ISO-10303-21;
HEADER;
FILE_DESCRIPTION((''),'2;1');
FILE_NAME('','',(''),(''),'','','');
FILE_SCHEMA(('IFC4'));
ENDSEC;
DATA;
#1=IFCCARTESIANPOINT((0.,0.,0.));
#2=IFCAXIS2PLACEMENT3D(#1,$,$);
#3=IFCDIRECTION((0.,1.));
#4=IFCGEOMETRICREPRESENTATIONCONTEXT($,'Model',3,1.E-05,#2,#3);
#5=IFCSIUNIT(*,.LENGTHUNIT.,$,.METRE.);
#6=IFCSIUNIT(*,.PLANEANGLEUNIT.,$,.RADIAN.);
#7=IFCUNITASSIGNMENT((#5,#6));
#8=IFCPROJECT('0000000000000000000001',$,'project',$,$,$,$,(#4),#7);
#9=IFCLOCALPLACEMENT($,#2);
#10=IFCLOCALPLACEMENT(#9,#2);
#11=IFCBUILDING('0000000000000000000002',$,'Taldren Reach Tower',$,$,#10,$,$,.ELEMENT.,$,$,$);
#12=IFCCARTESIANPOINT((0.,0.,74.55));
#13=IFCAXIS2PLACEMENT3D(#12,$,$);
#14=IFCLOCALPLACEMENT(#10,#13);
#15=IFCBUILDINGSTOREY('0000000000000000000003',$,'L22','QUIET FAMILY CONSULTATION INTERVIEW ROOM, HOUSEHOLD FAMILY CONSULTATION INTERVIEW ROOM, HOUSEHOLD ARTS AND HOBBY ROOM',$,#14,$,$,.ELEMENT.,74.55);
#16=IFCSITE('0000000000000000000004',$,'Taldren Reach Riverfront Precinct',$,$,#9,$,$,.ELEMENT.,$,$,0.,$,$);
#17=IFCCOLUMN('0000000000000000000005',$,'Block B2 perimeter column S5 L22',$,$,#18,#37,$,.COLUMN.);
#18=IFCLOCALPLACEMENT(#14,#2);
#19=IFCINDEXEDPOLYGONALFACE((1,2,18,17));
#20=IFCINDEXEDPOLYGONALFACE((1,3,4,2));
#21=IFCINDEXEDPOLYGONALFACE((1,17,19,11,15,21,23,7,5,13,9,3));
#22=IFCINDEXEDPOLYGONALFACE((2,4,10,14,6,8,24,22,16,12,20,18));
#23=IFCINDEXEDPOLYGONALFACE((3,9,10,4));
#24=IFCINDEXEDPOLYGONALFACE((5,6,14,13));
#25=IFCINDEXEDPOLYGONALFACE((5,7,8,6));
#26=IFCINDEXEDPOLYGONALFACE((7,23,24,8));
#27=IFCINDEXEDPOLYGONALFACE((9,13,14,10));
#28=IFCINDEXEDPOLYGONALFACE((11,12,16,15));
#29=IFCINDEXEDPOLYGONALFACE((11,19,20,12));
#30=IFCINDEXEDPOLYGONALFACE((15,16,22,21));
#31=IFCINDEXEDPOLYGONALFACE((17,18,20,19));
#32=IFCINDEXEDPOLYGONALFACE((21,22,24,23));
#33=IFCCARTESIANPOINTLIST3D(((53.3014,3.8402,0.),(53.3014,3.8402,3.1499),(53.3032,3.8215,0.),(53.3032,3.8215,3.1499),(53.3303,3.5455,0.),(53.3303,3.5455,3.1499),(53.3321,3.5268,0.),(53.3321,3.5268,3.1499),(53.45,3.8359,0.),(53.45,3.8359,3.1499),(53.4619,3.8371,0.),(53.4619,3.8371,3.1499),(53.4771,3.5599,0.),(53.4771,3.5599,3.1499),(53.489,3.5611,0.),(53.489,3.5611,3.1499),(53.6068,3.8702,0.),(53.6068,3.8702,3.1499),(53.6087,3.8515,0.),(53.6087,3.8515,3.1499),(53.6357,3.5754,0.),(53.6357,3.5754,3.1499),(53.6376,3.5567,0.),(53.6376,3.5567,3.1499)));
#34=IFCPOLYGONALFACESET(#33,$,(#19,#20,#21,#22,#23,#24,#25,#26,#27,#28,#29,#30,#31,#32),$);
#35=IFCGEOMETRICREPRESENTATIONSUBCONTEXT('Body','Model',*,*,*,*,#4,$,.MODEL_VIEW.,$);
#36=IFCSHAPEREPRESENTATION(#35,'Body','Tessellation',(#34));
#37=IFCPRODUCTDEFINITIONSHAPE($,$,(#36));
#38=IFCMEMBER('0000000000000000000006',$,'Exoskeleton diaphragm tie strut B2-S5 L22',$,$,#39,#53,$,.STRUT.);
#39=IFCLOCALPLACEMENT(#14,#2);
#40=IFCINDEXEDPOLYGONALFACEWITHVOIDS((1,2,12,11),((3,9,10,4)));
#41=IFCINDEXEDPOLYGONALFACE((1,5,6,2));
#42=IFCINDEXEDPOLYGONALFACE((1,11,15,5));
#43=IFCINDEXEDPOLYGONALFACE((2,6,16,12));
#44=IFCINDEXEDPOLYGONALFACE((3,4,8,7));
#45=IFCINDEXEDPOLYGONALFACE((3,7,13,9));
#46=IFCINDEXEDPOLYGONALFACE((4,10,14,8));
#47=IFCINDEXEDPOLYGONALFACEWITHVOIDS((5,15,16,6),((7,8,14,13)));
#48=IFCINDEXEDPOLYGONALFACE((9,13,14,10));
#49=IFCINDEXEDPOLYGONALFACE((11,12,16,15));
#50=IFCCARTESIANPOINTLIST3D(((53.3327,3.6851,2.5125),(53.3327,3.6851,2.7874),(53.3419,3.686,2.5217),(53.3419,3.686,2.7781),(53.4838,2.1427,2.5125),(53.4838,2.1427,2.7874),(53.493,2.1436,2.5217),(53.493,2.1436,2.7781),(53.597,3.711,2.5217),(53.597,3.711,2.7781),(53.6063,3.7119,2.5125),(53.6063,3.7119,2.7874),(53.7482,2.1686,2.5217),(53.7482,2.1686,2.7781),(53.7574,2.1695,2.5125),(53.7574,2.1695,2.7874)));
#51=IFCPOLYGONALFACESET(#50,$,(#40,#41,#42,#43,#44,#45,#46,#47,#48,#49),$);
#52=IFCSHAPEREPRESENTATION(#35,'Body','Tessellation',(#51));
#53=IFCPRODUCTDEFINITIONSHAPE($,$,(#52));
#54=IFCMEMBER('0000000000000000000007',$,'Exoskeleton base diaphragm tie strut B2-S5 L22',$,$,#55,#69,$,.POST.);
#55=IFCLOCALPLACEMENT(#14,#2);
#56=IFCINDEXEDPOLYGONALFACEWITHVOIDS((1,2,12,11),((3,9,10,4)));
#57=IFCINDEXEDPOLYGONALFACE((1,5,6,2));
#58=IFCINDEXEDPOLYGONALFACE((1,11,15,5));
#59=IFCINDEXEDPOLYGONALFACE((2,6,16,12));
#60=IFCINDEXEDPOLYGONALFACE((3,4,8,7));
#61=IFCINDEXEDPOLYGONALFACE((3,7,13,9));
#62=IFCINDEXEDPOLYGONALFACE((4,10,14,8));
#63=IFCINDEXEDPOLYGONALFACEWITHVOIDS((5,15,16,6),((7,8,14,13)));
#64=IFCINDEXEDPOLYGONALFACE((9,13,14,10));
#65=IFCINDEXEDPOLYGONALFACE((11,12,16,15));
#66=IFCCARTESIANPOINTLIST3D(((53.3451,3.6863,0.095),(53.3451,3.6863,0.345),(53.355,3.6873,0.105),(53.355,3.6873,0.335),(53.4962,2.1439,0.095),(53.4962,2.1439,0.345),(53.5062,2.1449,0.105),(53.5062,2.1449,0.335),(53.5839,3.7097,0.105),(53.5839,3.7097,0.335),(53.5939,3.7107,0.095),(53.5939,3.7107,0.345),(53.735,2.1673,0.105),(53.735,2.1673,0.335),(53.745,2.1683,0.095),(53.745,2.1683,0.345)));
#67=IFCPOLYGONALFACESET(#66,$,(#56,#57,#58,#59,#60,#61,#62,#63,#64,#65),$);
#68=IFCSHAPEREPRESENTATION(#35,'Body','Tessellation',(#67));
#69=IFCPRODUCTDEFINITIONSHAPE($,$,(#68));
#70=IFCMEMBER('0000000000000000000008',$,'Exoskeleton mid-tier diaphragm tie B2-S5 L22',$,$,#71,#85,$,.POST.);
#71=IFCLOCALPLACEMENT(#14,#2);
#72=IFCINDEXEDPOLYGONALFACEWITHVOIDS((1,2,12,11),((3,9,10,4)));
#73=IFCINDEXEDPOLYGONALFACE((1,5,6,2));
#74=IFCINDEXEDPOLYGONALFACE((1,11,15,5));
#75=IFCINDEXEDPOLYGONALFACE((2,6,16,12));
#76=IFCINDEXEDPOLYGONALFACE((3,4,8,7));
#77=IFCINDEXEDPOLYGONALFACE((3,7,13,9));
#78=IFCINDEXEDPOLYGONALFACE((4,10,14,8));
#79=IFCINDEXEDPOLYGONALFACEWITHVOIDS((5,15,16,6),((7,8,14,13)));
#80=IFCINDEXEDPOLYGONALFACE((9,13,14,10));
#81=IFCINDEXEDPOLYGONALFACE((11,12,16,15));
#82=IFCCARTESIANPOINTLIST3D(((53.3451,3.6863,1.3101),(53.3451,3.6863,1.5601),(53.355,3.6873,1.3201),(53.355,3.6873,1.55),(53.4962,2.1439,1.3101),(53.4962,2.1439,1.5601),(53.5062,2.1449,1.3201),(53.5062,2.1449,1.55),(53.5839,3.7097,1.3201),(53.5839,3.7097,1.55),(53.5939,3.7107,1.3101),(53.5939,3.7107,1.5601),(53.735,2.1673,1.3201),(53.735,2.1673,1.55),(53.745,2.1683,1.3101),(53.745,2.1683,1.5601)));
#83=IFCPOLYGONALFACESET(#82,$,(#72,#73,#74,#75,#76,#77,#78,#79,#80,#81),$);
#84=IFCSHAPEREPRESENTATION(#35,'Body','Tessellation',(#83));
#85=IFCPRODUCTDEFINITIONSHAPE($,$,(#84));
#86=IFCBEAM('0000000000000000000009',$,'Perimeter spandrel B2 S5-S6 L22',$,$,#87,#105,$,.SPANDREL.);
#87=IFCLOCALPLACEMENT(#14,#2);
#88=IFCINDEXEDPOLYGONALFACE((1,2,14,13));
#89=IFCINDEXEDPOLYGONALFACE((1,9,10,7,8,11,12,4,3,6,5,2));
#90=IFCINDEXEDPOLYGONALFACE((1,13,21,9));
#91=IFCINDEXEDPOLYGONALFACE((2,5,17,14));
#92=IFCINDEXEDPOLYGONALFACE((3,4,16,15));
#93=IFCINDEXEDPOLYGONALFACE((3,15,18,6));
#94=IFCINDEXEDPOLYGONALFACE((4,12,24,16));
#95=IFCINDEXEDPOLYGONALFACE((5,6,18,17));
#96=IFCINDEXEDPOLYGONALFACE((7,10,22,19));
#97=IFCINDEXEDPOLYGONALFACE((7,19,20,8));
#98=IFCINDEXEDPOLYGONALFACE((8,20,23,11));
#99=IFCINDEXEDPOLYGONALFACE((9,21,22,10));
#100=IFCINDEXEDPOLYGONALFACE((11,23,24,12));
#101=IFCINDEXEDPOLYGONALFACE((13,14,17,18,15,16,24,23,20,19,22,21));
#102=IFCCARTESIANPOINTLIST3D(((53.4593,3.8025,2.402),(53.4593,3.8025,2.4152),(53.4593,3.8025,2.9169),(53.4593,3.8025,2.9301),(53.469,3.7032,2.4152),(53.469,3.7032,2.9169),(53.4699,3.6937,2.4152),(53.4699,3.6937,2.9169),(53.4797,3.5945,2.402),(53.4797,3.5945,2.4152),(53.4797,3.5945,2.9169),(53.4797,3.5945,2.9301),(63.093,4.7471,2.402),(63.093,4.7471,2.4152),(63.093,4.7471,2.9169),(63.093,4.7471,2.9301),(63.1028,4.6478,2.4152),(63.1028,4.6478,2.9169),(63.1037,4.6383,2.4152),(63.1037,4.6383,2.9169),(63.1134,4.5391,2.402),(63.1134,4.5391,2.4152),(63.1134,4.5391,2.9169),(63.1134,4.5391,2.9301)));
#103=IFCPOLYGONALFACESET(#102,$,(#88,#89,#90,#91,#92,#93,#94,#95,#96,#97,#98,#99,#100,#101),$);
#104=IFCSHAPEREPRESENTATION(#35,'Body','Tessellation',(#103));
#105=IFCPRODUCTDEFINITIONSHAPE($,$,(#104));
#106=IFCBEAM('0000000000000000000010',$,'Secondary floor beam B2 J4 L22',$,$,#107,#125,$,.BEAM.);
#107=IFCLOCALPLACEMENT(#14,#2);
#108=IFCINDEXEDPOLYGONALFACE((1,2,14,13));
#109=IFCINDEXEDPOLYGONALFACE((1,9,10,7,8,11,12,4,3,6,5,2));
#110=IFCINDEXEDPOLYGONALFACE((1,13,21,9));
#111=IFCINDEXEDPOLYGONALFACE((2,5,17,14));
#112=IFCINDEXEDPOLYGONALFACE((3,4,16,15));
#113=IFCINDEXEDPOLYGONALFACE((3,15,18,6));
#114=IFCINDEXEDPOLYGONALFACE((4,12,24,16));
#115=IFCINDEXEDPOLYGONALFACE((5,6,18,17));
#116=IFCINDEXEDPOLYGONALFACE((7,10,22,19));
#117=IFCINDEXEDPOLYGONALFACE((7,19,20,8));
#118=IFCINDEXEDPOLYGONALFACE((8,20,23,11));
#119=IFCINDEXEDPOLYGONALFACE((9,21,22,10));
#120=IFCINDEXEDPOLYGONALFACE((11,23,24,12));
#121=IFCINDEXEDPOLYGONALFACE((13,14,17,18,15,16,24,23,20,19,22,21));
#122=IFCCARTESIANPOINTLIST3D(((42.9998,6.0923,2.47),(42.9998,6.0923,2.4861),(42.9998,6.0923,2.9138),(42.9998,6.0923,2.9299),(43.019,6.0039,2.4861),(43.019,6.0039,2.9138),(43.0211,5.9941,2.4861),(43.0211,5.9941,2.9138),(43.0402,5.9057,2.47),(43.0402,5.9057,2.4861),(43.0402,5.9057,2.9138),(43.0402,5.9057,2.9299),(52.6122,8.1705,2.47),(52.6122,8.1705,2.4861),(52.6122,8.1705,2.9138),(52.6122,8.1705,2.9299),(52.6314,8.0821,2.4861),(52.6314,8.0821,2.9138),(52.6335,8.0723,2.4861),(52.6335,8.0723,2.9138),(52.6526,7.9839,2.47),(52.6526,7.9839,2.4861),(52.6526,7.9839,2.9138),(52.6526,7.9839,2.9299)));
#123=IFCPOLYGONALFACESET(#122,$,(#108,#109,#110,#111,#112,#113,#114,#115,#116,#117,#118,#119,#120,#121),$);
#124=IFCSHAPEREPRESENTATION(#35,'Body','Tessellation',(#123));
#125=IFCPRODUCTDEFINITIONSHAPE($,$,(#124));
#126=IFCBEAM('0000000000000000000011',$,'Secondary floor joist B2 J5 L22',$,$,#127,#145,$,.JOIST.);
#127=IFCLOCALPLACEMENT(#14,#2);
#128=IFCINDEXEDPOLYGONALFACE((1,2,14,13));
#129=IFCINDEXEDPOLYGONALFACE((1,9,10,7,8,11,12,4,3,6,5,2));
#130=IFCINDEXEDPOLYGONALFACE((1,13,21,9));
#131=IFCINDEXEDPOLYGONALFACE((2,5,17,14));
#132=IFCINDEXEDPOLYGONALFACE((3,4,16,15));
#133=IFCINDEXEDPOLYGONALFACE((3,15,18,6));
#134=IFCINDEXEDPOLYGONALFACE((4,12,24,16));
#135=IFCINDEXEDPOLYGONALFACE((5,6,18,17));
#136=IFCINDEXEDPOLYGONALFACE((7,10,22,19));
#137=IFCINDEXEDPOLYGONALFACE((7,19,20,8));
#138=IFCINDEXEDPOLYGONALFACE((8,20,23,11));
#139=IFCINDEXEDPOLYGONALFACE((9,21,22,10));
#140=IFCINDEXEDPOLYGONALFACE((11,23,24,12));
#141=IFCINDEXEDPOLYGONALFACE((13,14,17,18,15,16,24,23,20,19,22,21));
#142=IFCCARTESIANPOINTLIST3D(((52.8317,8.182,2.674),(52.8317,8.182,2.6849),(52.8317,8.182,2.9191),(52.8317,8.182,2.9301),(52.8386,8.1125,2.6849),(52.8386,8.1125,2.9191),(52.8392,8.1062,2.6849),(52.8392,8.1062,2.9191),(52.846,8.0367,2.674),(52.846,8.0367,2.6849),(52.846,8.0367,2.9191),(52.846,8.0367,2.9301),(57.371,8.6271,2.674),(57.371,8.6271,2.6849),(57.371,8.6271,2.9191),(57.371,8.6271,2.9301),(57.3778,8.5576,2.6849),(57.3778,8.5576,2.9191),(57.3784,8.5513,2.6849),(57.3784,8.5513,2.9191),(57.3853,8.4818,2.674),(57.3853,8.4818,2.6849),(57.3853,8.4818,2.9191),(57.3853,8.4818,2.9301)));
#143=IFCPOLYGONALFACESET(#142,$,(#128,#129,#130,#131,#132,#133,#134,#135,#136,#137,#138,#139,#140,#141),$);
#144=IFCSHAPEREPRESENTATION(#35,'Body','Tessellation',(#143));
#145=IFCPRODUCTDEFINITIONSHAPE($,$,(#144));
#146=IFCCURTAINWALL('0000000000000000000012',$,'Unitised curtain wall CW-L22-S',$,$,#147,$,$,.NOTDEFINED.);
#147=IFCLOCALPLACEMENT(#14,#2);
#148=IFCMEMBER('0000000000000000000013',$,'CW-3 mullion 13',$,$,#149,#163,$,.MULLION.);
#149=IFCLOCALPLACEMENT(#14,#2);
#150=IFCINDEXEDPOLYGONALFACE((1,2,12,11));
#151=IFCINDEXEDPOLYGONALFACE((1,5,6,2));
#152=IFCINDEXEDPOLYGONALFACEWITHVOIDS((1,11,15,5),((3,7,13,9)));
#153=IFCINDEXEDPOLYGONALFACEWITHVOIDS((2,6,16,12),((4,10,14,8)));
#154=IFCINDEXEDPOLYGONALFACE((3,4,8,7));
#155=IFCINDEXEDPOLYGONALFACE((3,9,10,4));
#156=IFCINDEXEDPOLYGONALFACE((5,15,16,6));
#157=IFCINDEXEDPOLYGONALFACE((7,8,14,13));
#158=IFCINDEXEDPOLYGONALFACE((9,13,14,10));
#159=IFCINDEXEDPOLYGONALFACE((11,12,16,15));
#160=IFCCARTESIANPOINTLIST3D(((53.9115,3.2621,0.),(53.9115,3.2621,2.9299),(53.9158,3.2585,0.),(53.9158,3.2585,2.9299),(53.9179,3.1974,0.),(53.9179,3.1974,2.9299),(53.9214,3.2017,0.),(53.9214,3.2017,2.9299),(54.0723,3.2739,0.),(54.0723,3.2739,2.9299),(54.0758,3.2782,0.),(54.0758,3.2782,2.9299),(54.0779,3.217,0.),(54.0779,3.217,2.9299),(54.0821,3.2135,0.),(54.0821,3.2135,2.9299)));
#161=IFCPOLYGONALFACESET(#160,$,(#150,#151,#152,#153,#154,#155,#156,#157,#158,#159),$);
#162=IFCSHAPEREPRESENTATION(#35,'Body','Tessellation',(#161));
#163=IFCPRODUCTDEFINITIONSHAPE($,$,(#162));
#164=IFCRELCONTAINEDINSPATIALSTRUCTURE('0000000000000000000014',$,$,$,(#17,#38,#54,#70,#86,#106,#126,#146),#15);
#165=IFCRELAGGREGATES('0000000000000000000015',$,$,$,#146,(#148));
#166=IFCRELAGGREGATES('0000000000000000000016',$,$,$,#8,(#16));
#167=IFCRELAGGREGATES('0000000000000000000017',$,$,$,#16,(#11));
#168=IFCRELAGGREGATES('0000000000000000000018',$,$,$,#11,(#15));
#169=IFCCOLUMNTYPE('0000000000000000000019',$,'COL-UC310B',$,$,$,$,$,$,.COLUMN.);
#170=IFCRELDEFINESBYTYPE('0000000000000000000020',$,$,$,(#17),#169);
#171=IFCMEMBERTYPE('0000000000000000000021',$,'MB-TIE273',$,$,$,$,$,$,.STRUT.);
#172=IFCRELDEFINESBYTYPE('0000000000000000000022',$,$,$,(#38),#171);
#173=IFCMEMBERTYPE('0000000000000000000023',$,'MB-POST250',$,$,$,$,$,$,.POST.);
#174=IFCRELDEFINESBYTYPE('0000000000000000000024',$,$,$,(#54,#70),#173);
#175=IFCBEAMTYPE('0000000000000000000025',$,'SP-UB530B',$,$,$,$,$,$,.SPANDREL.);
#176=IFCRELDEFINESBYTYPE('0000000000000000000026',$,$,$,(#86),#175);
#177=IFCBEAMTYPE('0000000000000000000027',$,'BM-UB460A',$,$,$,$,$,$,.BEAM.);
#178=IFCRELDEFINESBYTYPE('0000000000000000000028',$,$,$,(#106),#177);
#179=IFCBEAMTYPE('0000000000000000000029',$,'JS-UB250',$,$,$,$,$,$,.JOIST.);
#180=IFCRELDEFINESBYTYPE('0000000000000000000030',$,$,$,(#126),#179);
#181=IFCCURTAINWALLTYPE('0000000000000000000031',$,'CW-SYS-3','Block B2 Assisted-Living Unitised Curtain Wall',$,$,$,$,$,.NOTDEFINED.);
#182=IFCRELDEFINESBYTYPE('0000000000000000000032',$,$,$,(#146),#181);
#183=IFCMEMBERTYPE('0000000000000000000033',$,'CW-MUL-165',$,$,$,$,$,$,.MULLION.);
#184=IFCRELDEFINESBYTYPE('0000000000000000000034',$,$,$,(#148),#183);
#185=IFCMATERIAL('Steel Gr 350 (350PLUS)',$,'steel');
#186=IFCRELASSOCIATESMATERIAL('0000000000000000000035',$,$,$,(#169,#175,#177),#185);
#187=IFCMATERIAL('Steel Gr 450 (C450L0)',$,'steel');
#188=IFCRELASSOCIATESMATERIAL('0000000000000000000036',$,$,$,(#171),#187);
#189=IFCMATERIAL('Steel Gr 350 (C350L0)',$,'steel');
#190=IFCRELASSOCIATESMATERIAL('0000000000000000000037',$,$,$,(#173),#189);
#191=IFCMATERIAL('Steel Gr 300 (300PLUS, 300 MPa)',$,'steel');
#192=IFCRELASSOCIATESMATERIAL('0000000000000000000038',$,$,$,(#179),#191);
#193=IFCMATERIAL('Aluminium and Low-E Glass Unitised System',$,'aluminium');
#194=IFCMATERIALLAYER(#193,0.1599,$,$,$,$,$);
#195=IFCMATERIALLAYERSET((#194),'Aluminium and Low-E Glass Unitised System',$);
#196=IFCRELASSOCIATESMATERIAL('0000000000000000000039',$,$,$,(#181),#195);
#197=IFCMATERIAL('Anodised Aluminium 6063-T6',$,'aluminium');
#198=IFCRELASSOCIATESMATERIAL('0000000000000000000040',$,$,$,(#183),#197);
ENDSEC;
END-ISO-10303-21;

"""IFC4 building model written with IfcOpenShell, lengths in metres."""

from ifc_helpers import new_model, si_unit, direction, frame, origin, origin_2d, place, context, subcontext, project, spatial, hollow_rectangle, i_section, extrude, source, transform, mapped, material, layer, layer_set, material_profile, profile_set, type_object, element, aggregate, save


model = new_model("IFC4")

# Units and contexts
model_context = context("Model", 3, precision=1e-05, world=origin(), true_north=direction((0.0, 1.0)))
body_context = subcontext(model_context, "Body", "Model", "MODEL_VIEW")
ifc_project = project(units=[si_unit("LENGTHUNIT", "METRE"), si_unit("PLANEANGLEUNIT", "RADIAN")], contexts=[model_context])

# Site, building, storey
site_placement = place(None, origin())
site = spatial("IfcSite", under=ifc_project, at=site_placement, Name="Taldren Reach Riverfront Precinct", CompositionType="ELEMENT", RefElevation=0.0)
building_placement = place(site_placement, origin())
building = spatial("IfcBuilding", under=site, at=building_placement, Name="Taldren Reach Tower", CompositionType="ELEMENT")
storey_placement = place(building_placement, frame((0.0, 0.0, 74.55)))
storey = spatial("IfcBuildingStorey", under=building, at=storey_placement, Name="L22", Description="QUIET FAMILY CONSULTATION INTERVIEW ROOM, HOUSEHOLD FAMILY CONSULTATION INTERVIEW ROOM, HOUSEHOLD ARTS AND HOBBY ROOM", CompositionType="ELEMENT", Elevation=74.55)

# Column
ifc_material_1 = material(Name="Steel Gr 350 (350PLUS)", Category="steel")
ifc_material_profile_1 = material_profile(ifc_material_1, i_section(OverallWidth=0.3069, OverallDepth=0.3149, WebThickness=0.012, FlangeThickness=0.0188, at=origin_2d()), Name="310UC118")
ifc_profile_set_1 = profile_set([ifc_material_profile_1], Name="Steel Gr 350 (350PLUS)")
column_type = type_object("IfcColumnType", Name="COL-UC310B", PredefinedType="COLUMN", material=ifc_profile_set_1)
shared_shape_1 = source(origin(), body_context, "Body", "SweptSolid", [
    extrude(i_section(OverallWidth=0.3069, OverallDepth=0.3149, WebThickness=0.012, FlangeThickness=0.0188, at=origin_2d()), origin(), (0.0, 0.0, 1.0), 3.1499),
])
column_placement = place(storey_placement, frame((53.4695, 3.6985, 0.0), z_axis=(0.0, 0.0, 1.0), x_axis=(0.995227, 0.097583, 0.0)))
element("IfcColumn", 1, at=column_placement, inside=storey, type_object=column_type, Name="Block B2 perimeter column S5 L22", PredefinedType="COLUMN", context=body_context, shape_type="MappedRepresentation", body=[
    mapped(shared_shape_1, transform((0.0, 0.0, 0.0), scale=1.0)),
])

# Members
ifc_material_2 = material(Name="Steel Gr 450 (C450L0)", Category="steel")
ifc_material_profile_2 = material_profile(ifc_material_2, hollow_rectangle(XDim=0.2749, YDim=0.2749, WallThickness=0.0093, at=origin_2d()), Name="275x275x9.3SHS")
ifc_profile_set_2 = profile_set([ifc_material_profile_2], Name="Steel Gr 450 (C450L0)")
member_type_1 = type_object("IfcMemberType", Name="MB-TIE273", PredefinedType="STRUT", material=ifc_profile_set_2)
shared_shape_2 = source(origin(), body_context, "Body", "SweptSolid", [
    extrude(hollow_rectangle(XDim=0.2749, YDim=0.2749, WallThickness=0.0093, at=origin_2d()), origin(), (0.0, 0.0, 1.0), 1.5498),
])
member_1_placement = place(storey_placement, frame((53.4695, 3.6985, 2.6499), z_axis=(0.097507, -0.995235, 0.0), x_axis=(0.995235, 0.097507, 0.0)))
element("IfcMember", 2, at=member_1_placement, inside=storey, type_object=member_type_1, Name="Exoskeleton diaphragm tie strut B2-S5 L22", PredefinedType="STRUT", context=body_context, shape_type="MappedRepresentation", body=[
    mapped(shared_shape_2, transform((0.0, 0.0, 0.0), scale=1.0)),
])
ifc_material_3 = material(Name="Steel Gr 350 (C350L0)", Category="steel")
ifc_material_profile_3 = material_profile(ifc_material_3, hollow_rectangle(XDim=0.25, YDim=0.25, WallThickness=0.01, at=origin_2d()), Name="250x250x10.0SHS")
ifc_profile_set_3 = profile_set([ifc_material_profile_3], Name="Steel Gr 350 (C350L0)")
member_type_2 = type_object("IfcMemberType", Name="MB-POST250", PredefinedType="POST", material=ifc_profile_set_3)
shared_shape_3 = source(origin(), body_context, "Body", "SweptSolid", [
    extrude(hollow_rectangle(XDim=0.25, YDim=0.25, WallThickness=0.01, at=origin_2d()), origin(), (0.0, 0.0, 1.0), 1.5498),
])
for number, where, z_axis, x_axis, name in (
    (3, (53.4695, 3.6985, 0.22), (0.097507, -0.995235, 0.0), (0.995235, 0.097507, 0.0), "Exoskeleton base diaphragm tie strut B2-S5 L22"),
    (4, (53.4695, 3.6985, 1.4351), (0.097507, -0.995235, 0.0), (0.995235, 0.097507, 0.0), "Exoskeleton mid-tier diaphragm tie B2-S5 L22"),
):
    element("IfcMember", number, at=place(storey_placement, frame(where, z_axis=z_axis, x_axis=x_axis)), inside=storey, type_object=member_type_2, Name=name, PredefinedType="POST", context=body_context, shape_type="MappedRepresentation", body=[
        mapped(shared_shape_3, transform((0.0, 0.0, 0.0), scale=1.0)),
    ])

# Beams
ifc_material_profile_4 = material_profile(ifc_material_1, i_section(OverallWidth=0.209, OverallDepth=0.5281, WebThickness=0.0095, FlangeThickness=0.0132, at=origin_2d()), Name="530UB82.0")
ifc_profile_set_4 = profile_set([ifc_material_profile_4], Name="Steel Gr 350 (350PLUS)")
beam_type_1 = type_object("IfcBeamType", Name="SP-UB530B", PredefinedType="SPANDREL", material=ifc_profile_set_4)
shared_shape_4 = source(origin(), body_context, "Body", "SweptSolid", [
    extrude(i_section(OverallWidth=0.209, OverallDepth=0.5281, WebThickness=0.0095, FlangeThickness=0.0132, at=origin_2d()), origin(), (0.0, 0.0, 1.0), 9.6799),
])
beam_1_placement = place(storey_placement, frame((53.4695, 3.6985, 2.666), z_axis=(0.995228, 0.097581, 0.0), x_axis=(-0.097581, 0.995228, 0.0)))
element("IfcBeam", 5, at=beam_1_placement, inside=storey, type_object=beam_type_1, Name="Perimeter spandrel B2 S5-S6 L22", PredefinedType="SPANDREL", context=body_context, shape_type="MappedRepresentation", body=[
    mapped(shared_shape_4, transform((0.0, 0.0, 0.0), scale=1.0)),
])
ifc_material_profile_5 = material_profile(ifc_material_1, i_section(OverallWidth=0.1909, OverallDepth=0.46, WebThickness=0.01, FlangeThickness=0.0161, at=origin_2d()), Name="460UB82.1")
ifc_profile_set_5 = profile_set([ifc_material_profile_5], Name="Steel Gr 350 (350PLUS)")
beam_type_2 = type_object("IfcBeamType", Name="BM-UB460A", PredefinedType="BEAM", material=ifc_profile_set_5)
shared_shape_5 = source(origin(), body_context, "Body", "SweptSolid", [
    extrude(i_section(OverallWidth=0.1909, OverallDepth=0.46, WebThickness=0.01, FlangeThickness=0.0161, at=origin_2d()), origin(), (0.0, 0.0, 1.0), 9.8345),
])
beam_2_placement = place(storey_placement, frame((43.02, 5.999, 2.7), z_axis=(0.977419, 0.211312, 0.0), x_axis=(-0.211312, 0.977419, 0.0)))
element("IfcBeam", 6, at=beam_2_placement, inside=storey, type_object=beam_type_2, Name="Secondary floor beam B2 J4 L22", PredefinedType="BEAM", context=body_context, shape_type="MappedRepresentation", body=[
    mapped(shared_shape_5, transform((0.0, 0.0, 0.0), scale=1.0)),
])
ifc_material_4 = material(Name="Steel Gr 300 (300PLUS, 300 MPa)", Category="steel")
ifc_material_profile_6 = material_profile(ifc_material_4, i_section(OverallWidth=0.146, OverallDepth=0.2561, WebThickness=0.0063, FlangeThickness=0.011, at=origin_2d()), Name="250UB37.3")
ifc_profile_set_6 = profile_set([ifc_material_profile_6], Name="Steel Gr 300 (300PLUS, 300 MPa)")
beam_type_3 = type_object("IfcBeamType", Name="JS-UB250", PredefinedType="JOIST", material=ifc_profile_set_6)
shared_shape_6 = source(origin(), body_context, "Body", "SweptSolid", [
    extrude(i_section(OverallWidth=0.146, OverallDepth=0.2561, WebThickness=0.0063, FlangeThickness=0.011, at=origin_2d()), origin(), (0.0, 0.0, 1.0), 4.561),
])
beam_3_placement = place(storey_placement, frame((52.8389, 8.1094, 2.802), z_axis=(0.995228, 0.09758, 0.0), x_axis=(-0.09758, 0.995228, 0.0)))
element("IfcBeam", 7, at=beam_3_placement, inside=storey, type_object=beam_type_3, Name="Secondary floor joist B2 J5 L22", PredefinedType="JOIST", context=body_context, shape_type="MappedRepresentation", body=[
    mapped(shared_shape_6, transform((0.0, 0.0, 0.0), scale=1.0)),
])

# Curtain wall, member
ifc_material_5 = material(Name="Aluminium and Low-E Glass Unitised System", Category="aluminium")
ifc_layer_1 = layer(ifc_material_5, 0.1599)
ifc_layer_set_1 = layer_set([ifc_layer_1], Name="Aluminium and Low-E Glass Unitised System")
curtain_wall_type = type_object("IfcCurtainWallType", Name="CW-SYS-3", Description="Block B2 Assisted-Living Unitised Curtain Wall", PredefinedType="NOTDEFINED", material=ifc_layer_set_1)
curtain_wall_placement = place(storey_placement, origin())
curtain_wall = element("IfcCurtainWall", 8, at=curtain_wall_placement, inside=storey, type_object=curtain_wall_type, Name="Unitised curtain wall CW-L22-S", PredefinedType="NOTDEFINED")
ifc_material_6 = material(Name="Anodised Aluminium 6063-T6", Category="aluminium")
ifc_material_profile_7 = material_profile(ifc_material_6, hollow_rectangle(XDim=0.0649, YDim=0.165, WallThickness=0.0039, at=origin_2d()), Name="ALU-165x65x4RHS")
ifc_profile_set_7 = profile_set([ifc_material_profile_7], Name="Anodised Aluminium 6063-T6")
member_type_3 = type_object("IfcMemberType", Name="CW-MUL-165", PredefinedType="MULLION", material=ifc_profile_set_7)
shared_shape_7 = source(origin(), body_context, "Body", "SweptSolid", [
    extrude(hollow_rectangle(XDim=0.0649, YDim=0.165, WallThickness=0.0039, at=origin_2d()), origin(), (0.0, 0.0, 1.0), 2.9299),
])
member_2_placement = place(storey_placement, frame((53.9968, 3.2378, 0.0), z_axis=(0.0, 0.0, 1.0), x_axis=(-0.097583, 0.995227, 0.0)))
member_2 = element("IfcMember", 9, at=member_2_placement, type_object=member_type_3, Name="CW-3 mullion 13", PredefinedType="MULLION", context=body_context, shape_type="MappedRepresentation", body=[
    mapped(shared_shape_7, transform((0.0, 0.0, 0.0), scale=1.0)),
])
aggregate(curtain_wall, [member_2])

save(model, "model.ifc")
